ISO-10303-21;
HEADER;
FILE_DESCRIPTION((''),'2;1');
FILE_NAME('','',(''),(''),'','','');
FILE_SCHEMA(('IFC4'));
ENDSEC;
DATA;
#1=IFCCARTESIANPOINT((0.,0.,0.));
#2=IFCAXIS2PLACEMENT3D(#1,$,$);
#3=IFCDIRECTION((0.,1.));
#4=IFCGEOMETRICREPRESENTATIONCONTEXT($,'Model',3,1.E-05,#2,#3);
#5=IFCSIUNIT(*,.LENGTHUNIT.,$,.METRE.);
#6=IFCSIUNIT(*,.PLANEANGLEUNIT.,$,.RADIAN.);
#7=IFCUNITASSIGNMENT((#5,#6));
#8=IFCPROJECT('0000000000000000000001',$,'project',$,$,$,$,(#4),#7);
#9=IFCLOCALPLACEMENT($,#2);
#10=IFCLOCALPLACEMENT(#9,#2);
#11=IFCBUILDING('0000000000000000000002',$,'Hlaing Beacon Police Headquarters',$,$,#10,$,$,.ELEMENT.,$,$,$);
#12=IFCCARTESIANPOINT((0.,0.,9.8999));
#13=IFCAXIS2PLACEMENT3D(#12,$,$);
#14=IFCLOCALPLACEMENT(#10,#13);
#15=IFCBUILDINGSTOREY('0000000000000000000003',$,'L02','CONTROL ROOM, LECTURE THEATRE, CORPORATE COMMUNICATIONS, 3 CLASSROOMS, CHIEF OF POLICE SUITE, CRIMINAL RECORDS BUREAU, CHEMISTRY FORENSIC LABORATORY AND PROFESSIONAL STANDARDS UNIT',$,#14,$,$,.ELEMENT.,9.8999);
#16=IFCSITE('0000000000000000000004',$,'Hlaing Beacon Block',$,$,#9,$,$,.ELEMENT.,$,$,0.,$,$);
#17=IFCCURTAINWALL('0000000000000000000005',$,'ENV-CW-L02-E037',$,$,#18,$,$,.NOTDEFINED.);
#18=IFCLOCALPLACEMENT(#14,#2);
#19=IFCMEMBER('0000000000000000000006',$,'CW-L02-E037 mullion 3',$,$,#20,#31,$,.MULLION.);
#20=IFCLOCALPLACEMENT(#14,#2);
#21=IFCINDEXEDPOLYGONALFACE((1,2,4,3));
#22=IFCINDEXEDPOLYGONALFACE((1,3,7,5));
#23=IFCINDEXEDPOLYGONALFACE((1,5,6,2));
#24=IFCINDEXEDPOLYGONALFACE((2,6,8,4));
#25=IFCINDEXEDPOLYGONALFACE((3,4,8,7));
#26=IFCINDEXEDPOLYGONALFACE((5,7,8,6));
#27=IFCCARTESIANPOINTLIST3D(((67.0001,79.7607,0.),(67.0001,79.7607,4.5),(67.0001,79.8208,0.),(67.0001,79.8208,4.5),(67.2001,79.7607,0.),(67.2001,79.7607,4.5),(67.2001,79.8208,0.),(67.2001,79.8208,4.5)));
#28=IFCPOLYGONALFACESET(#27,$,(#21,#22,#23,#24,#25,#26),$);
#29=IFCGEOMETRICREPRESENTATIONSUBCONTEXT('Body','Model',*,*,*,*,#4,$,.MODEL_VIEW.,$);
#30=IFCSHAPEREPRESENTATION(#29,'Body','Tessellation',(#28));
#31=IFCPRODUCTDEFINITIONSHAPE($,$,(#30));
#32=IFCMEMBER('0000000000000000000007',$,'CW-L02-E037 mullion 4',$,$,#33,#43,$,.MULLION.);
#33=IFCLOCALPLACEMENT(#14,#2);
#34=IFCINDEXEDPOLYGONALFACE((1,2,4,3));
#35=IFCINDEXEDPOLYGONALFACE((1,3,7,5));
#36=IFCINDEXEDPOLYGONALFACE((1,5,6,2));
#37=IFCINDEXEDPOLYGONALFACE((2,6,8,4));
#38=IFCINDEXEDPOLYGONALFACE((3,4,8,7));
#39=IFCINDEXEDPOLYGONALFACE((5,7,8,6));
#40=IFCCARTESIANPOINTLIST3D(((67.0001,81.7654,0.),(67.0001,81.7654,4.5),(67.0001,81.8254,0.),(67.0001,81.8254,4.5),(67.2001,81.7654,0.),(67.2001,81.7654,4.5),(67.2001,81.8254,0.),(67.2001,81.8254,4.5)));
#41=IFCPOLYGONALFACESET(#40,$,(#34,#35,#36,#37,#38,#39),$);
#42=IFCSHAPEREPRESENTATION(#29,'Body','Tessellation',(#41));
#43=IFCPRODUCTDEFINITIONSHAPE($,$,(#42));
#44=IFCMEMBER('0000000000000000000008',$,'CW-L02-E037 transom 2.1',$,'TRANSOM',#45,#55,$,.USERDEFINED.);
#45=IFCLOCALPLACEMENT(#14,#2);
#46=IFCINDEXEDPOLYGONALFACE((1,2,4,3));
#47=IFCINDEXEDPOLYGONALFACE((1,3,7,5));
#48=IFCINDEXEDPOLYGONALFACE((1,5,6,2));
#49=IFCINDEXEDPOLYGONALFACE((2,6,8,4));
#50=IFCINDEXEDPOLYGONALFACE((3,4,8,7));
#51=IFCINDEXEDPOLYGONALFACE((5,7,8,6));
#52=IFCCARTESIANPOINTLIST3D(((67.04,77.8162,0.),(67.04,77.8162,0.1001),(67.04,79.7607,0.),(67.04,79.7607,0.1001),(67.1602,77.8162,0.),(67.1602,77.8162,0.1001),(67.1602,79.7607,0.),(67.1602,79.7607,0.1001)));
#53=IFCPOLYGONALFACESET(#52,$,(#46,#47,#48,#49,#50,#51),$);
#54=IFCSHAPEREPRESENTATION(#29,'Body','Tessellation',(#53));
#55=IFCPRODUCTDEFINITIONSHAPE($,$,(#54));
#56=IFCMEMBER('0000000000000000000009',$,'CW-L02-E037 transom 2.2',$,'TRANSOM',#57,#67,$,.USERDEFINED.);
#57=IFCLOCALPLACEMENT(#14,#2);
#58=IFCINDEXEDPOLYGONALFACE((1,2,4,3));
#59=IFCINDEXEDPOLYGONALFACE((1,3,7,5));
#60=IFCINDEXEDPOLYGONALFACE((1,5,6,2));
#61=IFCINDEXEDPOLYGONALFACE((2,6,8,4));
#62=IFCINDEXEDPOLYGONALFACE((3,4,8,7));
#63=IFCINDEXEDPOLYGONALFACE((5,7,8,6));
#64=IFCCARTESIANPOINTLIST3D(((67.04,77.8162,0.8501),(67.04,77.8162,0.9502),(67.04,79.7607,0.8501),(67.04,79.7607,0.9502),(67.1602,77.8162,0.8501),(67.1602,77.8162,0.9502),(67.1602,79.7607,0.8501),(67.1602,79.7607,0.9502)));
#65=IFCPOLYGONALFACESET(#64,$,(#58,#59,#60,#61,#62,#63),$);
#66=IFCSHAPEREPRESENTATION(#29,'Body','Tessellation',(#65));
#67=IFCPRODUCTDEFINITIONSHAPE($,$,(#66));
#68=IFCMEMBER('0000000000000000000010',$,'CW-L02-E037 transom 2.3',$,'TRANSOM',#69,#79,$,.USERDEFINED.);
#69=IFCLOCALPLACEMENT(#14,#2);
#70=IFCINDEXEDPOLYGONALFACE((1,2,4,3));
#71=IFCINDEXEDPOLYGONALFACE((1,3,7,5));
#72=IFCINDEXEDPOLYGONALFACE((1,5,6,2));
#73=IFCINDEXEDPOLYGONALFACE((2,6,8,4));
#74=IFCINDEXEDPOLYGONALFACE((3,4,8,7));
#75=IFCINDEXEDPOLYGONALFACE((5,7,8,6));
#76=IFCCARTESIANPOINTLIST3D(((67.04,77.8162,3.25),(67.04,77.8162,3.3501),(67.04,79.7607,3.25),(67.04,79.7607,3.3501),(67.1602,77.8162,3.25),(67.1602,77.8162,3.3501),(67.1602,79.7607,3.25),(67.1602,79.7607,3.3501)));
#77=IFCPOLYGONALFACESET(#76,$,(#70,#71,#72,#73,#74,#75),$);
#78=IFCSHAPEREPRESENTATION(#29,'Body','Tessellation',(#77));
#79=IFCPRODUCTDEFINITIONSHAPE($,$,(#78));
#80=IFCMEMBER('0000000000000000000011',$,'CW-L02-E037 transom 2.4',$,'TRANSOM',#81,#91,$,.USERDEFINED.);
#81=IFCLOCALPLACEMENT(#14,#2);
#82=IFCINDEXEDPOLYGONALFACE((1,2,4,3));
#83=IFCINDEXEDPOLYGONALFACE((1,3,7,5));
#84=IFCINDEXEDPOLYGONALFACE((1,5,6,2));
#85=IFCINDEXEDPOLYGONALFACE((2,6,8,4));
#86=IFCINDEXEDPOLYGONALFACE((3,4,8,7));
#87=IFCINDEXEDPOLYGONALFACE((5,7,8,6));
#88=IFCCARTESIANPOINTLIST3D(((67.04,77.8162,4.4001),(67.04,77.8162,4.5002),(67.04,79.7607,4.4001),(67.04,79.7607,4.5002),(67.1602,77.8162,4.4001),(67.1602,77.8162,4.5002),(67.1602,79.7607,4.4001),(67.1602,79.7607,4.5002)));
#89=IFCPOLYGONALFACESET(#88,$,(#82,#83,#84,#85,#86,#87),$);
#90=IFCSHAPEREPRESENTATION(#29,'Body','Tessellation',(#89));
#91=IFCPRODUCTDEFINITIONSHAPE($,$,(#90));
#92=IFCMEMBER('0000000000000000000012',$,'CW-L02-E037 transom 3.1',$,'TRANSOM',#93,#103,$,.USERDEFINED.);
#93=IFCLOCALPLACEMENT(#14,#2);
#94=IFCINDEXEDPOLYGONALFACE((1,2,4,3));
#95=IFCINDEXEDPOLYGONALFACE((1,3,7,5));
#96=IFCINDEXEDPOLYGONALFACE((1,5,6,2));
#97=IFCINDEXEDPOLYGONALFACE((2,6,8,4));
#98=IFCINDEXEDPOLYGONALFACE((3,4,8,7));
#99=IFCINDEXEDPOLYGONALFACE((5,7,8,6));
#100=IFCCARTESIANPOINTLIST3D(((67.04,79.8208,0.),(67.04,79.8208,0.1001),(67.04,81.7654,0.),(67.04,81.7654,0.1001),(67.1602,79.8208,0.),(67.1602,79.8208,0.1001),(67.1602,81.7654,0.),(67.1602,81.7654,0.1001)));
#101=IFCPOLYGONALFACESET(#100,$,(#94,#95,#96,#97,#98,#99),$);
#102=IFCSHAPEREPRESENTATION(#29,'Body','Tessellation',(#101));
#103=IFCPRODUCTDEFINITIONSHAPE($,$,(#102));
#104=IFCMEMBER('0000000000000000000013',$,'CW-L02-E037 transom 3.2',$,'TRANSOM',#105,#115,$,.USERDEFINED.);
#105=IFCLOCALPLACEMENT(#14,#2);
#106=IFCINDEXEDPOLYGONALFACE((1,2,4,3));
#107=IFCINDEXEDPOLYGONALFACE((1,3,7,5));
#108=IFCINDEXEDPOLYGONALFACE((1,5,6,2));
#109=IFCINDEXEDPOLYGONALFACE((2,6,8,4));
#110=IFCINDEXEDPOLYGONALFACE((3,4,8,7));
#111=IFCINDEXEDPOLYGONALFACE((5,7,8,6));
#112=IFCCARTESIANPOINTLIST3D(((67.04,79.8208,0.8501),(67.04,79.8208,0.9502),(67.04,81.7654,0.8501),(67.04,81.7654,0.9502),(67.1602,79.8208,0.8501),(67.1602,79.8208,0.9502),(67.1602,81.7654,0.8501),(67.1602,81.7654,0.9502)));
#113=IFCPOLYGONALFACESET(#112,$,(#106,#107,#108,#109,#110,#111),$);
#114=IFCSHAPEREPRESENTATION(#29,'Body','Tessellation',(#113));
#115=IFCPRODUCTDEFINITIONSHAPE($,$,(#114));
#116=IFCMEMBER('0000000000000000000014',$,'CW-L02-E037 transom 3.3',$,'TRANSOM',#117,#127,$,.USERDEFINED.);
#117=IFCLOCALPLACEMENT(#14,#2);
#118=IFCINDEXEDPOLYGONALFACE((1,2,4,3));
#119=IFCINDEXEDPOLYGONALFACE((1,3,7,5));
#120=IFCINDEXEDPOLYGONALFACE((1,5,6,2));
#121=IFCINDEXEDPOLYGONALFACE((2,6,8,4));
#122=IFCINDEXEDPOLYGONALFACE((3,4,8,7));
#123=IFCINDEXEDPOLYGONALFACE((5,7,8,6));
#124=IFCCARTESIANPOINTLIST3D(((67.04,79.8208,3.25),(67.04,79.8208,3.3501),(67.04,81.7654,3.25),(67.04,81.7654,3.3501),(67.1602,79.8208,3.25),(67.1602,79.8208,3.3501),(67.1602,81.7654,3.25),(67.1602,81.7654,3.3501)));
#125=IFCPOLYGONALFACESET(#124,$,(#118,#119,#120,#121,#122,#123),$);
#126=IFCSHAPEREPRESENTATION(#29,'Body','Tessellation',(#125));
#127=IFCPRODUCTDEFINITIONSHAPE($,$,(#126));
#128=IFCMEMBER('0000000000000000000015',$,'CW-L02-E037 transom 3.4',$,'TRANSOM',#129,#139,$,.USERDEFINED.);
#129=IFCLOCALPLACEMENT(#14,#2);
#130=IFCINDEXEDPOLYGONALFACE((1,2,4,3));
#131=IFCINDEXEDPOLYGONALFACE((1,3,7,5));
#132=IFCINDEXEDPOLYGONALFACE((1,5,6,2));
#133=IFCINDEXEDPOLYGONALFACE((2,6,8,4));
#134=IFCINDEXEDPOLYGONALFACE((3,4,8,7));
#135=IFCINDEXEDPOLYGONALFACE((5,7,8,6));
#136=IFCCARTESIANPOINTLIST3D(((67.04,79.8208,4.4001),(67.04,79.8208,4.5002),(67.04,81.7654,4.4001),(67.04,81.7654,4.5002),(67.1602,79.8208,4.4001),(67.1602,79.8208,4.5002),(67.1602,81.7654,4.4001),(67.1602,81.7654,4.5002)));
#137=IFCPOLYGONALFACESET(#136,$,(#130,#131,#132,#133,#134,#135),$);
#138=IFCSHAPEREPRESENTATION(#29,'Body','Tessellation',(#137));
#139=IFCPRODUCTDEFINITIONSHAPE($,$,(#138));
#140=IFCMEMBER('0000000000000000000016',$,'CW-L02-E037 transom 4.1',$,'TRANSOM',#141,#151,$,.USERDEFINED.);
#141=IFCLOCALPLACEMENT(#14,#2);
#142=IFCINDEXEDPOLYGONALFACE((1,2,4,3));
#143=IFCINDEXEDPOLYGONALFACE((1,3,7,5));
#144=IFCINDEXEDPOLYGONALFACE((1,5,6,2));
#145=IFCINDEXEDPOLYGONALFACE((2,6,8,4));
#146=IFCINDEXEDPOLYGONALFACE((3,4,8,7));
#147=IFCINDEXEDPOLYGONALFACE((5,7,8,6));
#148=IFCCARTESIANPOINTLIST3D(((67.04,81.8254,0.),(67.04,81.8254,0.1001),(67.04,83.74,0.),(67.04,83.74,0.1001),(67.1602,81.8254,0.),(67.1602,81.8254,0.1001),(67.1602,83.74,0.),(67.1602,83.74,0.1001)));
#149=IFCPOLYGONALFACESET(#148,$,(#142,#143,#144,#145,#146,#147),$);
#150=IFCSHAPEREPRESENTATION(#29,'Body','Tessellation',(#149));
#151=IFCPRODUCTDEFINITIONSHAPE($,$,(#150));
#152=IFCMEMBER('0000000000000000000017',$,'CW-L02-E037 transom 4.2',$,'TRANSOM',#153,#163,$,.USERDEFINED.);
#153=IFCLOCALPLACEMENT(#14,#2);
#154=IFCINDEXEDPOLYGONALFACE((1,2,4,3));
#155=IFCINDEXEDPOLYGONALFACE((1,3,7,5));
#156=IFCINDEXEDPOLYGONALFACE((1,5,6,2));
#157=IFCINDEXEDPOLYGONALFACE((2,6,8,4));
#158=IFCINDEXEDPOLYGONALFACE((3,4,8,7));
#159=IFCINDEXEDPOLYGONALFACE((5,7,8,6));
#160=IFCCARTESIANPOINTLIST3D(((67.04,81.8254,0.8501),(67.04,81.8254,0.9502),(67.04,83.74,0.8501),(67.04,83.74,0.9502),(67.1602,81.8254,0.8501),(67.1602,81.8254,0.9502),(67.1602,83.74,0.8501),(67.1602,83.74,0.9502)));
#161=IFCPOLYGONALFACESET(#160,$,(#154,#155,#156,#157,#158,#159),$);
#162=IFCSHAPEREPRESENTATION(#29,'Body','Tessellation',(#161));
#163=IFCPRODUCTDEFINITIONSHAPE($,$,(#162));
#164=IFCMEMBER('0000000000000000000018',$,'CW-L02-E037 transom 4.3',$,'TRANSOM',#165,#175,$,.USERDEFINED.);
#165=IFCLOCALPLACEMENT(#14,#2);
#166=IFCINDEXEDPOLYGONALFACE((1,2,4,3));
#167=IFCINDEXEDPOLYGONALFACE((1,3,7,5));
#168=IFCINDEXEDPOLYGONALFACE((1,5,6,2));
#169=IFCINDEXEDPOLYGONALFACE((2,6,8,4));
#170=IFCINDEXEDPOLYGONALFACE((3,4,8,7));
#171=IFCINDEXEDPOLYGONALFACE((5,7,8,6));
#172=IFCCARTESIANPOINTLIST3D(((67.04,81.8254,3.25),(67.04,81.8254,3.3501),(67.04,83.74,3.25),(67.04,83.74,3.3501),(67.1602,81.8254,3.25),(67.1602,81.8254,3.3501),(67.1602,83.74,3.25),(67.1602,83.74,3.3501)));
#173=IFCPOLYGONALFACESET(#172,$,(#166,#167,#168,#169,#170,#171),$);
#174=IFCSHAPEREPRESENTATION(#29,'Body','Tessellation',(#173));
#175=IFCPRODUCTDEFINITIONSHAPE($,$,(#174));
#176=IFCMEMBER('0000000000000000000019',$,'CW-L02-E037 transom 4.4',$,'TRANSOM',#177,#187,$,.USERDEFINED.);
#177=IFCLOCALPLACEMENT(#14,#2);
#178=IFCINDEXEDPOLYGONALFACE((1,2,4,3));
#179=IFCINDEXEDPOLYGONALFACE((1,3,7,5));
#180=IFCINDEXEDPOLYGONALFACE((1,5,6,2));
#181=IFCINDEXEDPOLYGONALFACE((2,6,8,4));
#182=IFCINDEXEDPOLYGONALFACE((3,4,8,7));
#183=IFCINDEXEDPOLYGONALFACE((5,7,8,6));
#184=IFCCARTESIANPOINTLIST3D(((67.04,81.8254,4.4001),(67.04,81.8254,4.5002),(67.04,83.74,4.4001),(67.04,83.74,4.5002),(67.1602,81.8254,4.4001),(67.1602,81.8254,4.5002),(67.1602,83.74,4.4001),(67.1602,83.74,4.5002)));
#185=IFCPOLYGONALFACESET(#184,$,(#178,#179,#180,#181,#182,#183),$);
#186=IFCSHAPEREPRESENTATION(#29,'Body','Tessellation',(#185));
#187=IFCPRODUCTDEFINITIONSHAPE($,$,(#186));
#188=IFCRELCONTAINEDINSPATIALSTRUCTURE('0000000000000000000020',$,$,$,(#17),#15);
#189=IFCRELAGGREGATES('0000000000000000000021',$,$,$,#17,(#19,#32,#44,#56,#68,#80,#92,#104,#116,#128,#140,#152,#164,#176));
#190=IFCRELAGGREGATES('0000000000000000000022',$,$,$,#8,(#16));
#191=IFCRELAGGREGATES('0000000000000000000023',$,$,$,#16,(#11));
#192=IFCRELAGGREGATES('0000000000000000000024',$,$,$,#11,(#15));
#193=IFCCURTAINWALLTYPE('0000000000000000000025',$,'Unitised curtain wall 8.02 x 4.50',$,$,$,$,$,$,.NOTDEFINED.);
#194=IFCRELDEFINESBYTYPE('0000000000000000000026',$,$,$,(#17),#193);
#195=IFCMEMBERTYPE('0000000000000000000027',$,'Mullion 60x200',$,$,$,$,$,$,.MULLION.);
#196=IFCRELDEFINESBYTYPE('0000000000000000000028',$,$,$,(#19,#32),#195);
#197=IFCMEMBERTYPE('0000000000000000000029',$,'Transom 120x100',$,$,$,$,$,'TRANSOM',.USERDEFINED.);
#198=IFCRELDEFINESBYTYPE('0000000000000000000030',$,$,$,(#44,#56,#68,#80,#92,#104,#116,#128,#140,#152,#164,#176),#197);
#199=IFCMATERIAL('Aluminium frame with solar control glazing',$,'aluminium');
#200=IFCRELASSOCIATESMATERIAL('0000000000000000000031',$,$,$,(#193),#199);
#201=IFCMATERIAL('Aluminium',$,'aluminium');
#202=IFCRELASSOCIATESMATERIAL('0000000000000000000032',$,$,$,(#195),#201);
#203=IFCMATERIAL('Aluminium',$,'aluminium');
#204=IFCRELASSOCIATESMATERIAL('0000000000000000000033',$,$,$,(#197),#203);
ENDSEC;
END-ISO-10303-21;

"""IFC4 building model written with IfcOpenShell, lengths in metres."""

from ifc_helpers import new_model, si_unit, direction, frame, origin, origin_2d, place, context, subcontext, project, spatial, rectangle, extrude, material, material_profile, profile_set, type_object, element, aggregate, save


model = new_model("IFC4")

# Units and contexts
model_context = context("Model", 3, precision=1e-05, world=origin(), true_north=direction((0.0, 1.0)))
body_context = subcontext(model_context, "Body", "Model", "MODEL_VIEW")
ifc_project = project(units=[si_unit("LENGTHUNIT", "METRE"), si_unit("PLANEANGLEUNIT", "RADIAN")], contexts=[model_context])

# Site, building, storey
site_placement = place(None, origin())
site = spatial("IfcSite", under=ifc_project, at=site_placement, Name="Hlaing Beacon Block", CompositionType="ELEMENT", RefElevation=0.0)
building_placement = place(site_placement, origin())
building = spatial("IfcBuilding", under=site, at=building_placement, Name="Hlaing Beacon Police Headquarters", CompositionType="ELEMENT")
storey_placement = place(building_placement, frame((0.0, 0.0, 9.8999)))
storey = spatial("IfcBuildingStorey", under=building, at=storey_placement, Name="L02", Description="CONTROL ROOM, LECTURE THEATRE, CORPORATE COMMUNICATIONS, 3 CLASSROOMS, CHIEF OF POLICE SUITE, CRIMINAL RECORDS BUREAU, CHEMISTRY FORENSIC LABORATORY AND PROFESSIONAL STANDARDS UNIT", CompositionType="ELEMENT", Elevation=9.8999)

# Curtain wall, members
ifc_material_1 = material(Name="Aluminium frame with solar control glazing", Category="aluminium")
curtain_wall_type = type_object("IfcCurtainWallType", Name="Unitised curtain wall 8.02 x 4.50", PredefinedType="NOTDEFINED", material=ifc_material_1)
curtain_wall_placement = place(storey_placement, origin())
curtain_wall = element("IfcCurtainWall", 1, at=curtain_wall_placement, inside=storey, type_object=curtain_wall_type, Name="ENV-CW-L02-E037", PredefinedType="NOTDEFINED")
ifc_material_2 = material(Name="Aluminium", Category="aluminium")
ifc_material_profile_1 = material_profile(ifc_material_2, rectangle(XDim=0.2, YDim=0.0601, at=origin_2d()), Name="Mullion 60x200")
ifc_profile_set_1 = profile_set([ifc_material_profile_1], Name="Aluminium")
member_type_1 = type_object("IfcMemberType", Name="Mullion 60x200", PredefinedType="MULLION", material=ifc_profile_set_1)
member_1_placement = place(storey_placement, frame((67.1001, 79.7908, 0.0), z_axis=(0.0, 0.0, 1.0), x_axis=(-1.0, 0.0, 0.0)))
member_1 = element("IfcMember", 2, at=member_1_placement, type_object=member_type_1, Name="CW-L02-E037 mullion 3", PredefinedType="MULLION", context=body_context, shape_type="SweptSolid", body=[
    extrude(rectangle(XDim=0.2, YDim=0.0601, at=origin_2d()), origin(), (0.0, 0.0, 1.0), 4.5),
])
member_2_placement = place(storey_placement, frame((67.1001, 81.7954, 0.0), z_axis=(0.0, 0.0, 1.0), x_axis=(-1.0, 0.0, 0.0)))
member_2 = element("IfcMember", 3, at=member_2_placement, type_object=member_type_1, Name="CW-L02-E037 mullion 4", PredefinedType="MULLION", context=body_context, shape_type="SweptSolid", body=[
    extrude(rectangle(XDim=0.2, YDim=0.0601, at=origin_2d()), origin(), (0.0, 0.0, 1.0), 4.5),
])
ifc_material_3 = material(Name="Aluminium", Category="aluminium")
ifc_material_profile_2 = material_profile(ifc_material_3, rectangle(XDim=0.1201, YDim=0.1001, at=origin_2d()), Name="Transom 120x100")
ifc_profile_set_2 = profile_set([ifc_material_profile_2], Name="Aluminium")
member_type_2 = type_object("IfcMemberType", Name="Transom 120x100", ElementType="TRANSOM", PredefinedType="USERDEFINED", material=ifc_profile_set_2)
member_3_placement = place(storey_placement, frame((67.1001, 77.8162, 0.05), z_axis=(0.0, 1.0, 0.0), x_axis=(-1.0, 0.0, 0.0)))
member_3 = element("IfcMember", 4, at=member_3_placement, type_object=member_type_2, Name="CW-L02-E037 transom 2.1", ObjectType="TRANSOM", PredefinedType="USERDEFINED", context=body_context, shape_type="SweptSolid", body=[
    extrude(rectangle(XDim=0.1201, YDim=0.1001, at=origin_2d()), origin(), (0.0, 0.0, 1.0), 1.9446),
])
member_4_placement = place(storey_placement, frame((67.1001, 77.8162, 0.9001), z_axis=(0.0, 1.0, 0.0), x_axis=(-1.0, 0.0, 0.0)))
member_4 = element("IfcMember", 5, at=member_4_placement, type_object=member_type_2, Name="CW-L02-E037 transom 2.2", ObjectType="TRANSOM", PredefinedType="USERDEFINED", context=body_context, shape_type="SweptSolid", body=[
    extrude(rectangle(XDim=0.1201, YDim=0.1001, at=origin_2d()), origin(), (0.0, 0.0, 1.0), 1.9446),
])
member_5_placement = place(storey_placement, frame((67.1001, 77.8162, 3.3), z_axis=(0.0, 1.0, 0.0), x_axis=(-1.0, 0.0, 0.0)))
member_5 = element("IfcMember", 6, at=member_5_placement, type_object=member_type_2, Name="CW-L02-E037 transom 2.3", ObjectType="TRANSOM", PredefinedType="USERDEFINED", context=body_context, shape_type="SweptSolid", body=[
    extrude(rectangle(XDim=0.1201, YDim=0.1001, at=origin_2d()), origin(), (0.0, 0.0, 1.0), 1.9446),
])
member_6_placement = place(storey_placement, frame((67.1001, 77.8162, 4.4502), z_axis=(0.0, 1.0, 0.0), x_axis=(-1.0, 0.0, 0.0)))
member_6 = element("IfcMember", 7, at=member_6_placement, type_object=member_type_2, Name="CW-L02-E037 transom 2.4", ObjectType="TRANSOM", PredefinedType="USERDEFINED", context=body_context, shape_type="SweptSolid", body=[
    extrude(rectangle(XDim=0.1201, YDim=0.1001, at=origin_2d()), origin(), (0.0, 0.0, 1.0), 1.9446),
])
member_7_placement = place(storey_placement, frame((67.1001, 79.8208, 0.05), z_axis=(0.0, 1.0, 0.0), x_axis=(-1.0, 0.0, 0.0)))
member_7 = element("IfcMember", 8, at=member_7_placement, type_object=member_type_2, Name="CW-L02-E037 transom 3.1", ObjectType="TRANSOM", PredefinedType="USERDEFINED", context=body_context, shape_type="SweptSolid", body=[
    extrude(rectangle(XDim=0.1201, YDim=0.1001, at=origin_2d()), origin(), (0.0, 0.0, 1.0), 1.9446),
])
member_8_placement = place(storey_placement, frame((67.1001, 79.8208, 0.9001), z_axis=(0.0, 1.0, 0.0), x_axis=(-1.0, 0.0, 0.0)))
member_8 = element("IfcMember", 9, at=member_8_placement, type_object=member_type_2, Name="CW-L02-E037 transom 3.2", ObjectType="TRANSOM", PredefinedType="USERDEFINED", context=body_context, shape_type="SweptSolid", body=[
    extrude(rectangle(XDim=0.1201, YDim=0.1001, at=origin_2d()), origin(), (0.0, 0.0, 1.0), 1.9446),
])
member_9_placement = place(storey_placement, frame((67.1001, 79.8208, 3.3), z_axis=(0.0, 1.0, 0.0), x_axis=(-1.0, 0.0, 0.0)))
member_9 = element("IfcMember", 10, at=member_9_placement, type_object=member_type_2, Name="CW-L02-E037 transom 3.3", ObjectType="TRANSOM", PredefinedType="USERDEFINED", context=body_context, shape_type="SweptSolid", body=[
    extrude(rectangle(XDim=0.1201, YDim=0.1001, at=origin_2d()), origin(), (0.0, 0.0, 1.0), 1.9446),
])
member_10_placement = place(storey_placement, frame((67.1001, 79.8208, 4.4502), z_axis=(0.0, 1.0, 0.0), x_axis=(-1.0, 0.0, 0.0)))
member_10 = element("IfcMember", 11, at=member_10_placement, type_object=member_type_2, Name="CW-L02-E037 transom 3.4", ObjectType="TRANSOM", PredefinedType="USERDEFINED", context=body_context, shape_type="SweptSolid", body=[
    extrude(rectangle(XDim=0.1201, YDim=0.1001, at=origin_2d()), origin(), (0.0, 0.0, 1.0), 1.9446),
])
member_11_placement = place(storey_placement, frame((67.1001, 81.8254, 0.05), z_axis=(0.0, 1.0, 0.0), x_axis=(-1.0, 0.0, 0.0)))
member_11 = element("IfcMember", 12, at=member_11_placement, type_object=member_type_2, Name="CW-L02-E037 transom 4.1", ObjectType="TRANSOM", PredefinedType="USERDEFINED", context=body_context, shape_type="SweptSolid", body=[
    extrude(rectangle(XDim=0.1201, YDim=0.1001, at=origin_2d()), origin(), (0.0, 0.0, 1.0), 1.9146),
])
member_12_placement = place(storey_placement, frame((67.1001, 81.8254, 0.9001), z_axis=(0.0, 1.0, 0.0), x_axis=(-1.0, 0.0, 0.0)))
member_12 = element("IfcMember", 13, at=member_12_placement, type_object=member_type_2, Name="CW-L02-E037 transom 4.2", ObjectType="TRANSOM", PredefinedType="USERDEFINED", context=body_context, shape_type="SweptSolid", body=[
    extrude(rectangle(XDim=0.1201, YDim=0.1001, at=origin_2d()), origin(), (0.0, 0.0, 1.0), 1.9146),
])
member_13_placement = place(storey_placement, frame((67.1001, 81.8254, 3.3), z_axis=(0.0, 1.0, 0.0), x_axis=(-1.0, 0.0, 0.0)))
member_13 = element("IfcMember", 14, at=member_13_placement, type_object=member_type_2, Name="CW-L02-E037 transom 4.3", ObjectType="TRANSOM", PredefinedType="USERDEFINED", context=body_context, shape_type="SweptSolid", body=[
    extrude(rectangle(XDim=0.1201, YDim=0.1001, at=origin_2d()), origin(), (0.0, 0.0, 1.0), 1.9146),
])
member_14_placement = place(storey_placement, frame((67.1001, 81.8254, 4.4502), z_axis=(0.0, 1.0, 0.0), x_axis=(-1.0, 0.0, 0.0)))
member_14 = element("IfcMember", 15, at=member_14_placement, type_object=member_type_2, Name="CW-L02-E037 transom 4.4", ObjectType="TRANSOM", PredefinedType="USERDEFINED", context=body_context, shape_type="SweptSolid", body=[
    extrude(rectangle(XDim=0.1201, YDim=0.1001, at=origin_2d()), origin(), (0.0, 0.0, 1.0), 1.9146),
])
aggregate(curtain_wall, [member_1, member_2, member_3, member_4, member_5, member_6, member_7, member_8, member_9, member_10, member_11, member_12, member_13, member_14])

save(model, "model.ifc")
